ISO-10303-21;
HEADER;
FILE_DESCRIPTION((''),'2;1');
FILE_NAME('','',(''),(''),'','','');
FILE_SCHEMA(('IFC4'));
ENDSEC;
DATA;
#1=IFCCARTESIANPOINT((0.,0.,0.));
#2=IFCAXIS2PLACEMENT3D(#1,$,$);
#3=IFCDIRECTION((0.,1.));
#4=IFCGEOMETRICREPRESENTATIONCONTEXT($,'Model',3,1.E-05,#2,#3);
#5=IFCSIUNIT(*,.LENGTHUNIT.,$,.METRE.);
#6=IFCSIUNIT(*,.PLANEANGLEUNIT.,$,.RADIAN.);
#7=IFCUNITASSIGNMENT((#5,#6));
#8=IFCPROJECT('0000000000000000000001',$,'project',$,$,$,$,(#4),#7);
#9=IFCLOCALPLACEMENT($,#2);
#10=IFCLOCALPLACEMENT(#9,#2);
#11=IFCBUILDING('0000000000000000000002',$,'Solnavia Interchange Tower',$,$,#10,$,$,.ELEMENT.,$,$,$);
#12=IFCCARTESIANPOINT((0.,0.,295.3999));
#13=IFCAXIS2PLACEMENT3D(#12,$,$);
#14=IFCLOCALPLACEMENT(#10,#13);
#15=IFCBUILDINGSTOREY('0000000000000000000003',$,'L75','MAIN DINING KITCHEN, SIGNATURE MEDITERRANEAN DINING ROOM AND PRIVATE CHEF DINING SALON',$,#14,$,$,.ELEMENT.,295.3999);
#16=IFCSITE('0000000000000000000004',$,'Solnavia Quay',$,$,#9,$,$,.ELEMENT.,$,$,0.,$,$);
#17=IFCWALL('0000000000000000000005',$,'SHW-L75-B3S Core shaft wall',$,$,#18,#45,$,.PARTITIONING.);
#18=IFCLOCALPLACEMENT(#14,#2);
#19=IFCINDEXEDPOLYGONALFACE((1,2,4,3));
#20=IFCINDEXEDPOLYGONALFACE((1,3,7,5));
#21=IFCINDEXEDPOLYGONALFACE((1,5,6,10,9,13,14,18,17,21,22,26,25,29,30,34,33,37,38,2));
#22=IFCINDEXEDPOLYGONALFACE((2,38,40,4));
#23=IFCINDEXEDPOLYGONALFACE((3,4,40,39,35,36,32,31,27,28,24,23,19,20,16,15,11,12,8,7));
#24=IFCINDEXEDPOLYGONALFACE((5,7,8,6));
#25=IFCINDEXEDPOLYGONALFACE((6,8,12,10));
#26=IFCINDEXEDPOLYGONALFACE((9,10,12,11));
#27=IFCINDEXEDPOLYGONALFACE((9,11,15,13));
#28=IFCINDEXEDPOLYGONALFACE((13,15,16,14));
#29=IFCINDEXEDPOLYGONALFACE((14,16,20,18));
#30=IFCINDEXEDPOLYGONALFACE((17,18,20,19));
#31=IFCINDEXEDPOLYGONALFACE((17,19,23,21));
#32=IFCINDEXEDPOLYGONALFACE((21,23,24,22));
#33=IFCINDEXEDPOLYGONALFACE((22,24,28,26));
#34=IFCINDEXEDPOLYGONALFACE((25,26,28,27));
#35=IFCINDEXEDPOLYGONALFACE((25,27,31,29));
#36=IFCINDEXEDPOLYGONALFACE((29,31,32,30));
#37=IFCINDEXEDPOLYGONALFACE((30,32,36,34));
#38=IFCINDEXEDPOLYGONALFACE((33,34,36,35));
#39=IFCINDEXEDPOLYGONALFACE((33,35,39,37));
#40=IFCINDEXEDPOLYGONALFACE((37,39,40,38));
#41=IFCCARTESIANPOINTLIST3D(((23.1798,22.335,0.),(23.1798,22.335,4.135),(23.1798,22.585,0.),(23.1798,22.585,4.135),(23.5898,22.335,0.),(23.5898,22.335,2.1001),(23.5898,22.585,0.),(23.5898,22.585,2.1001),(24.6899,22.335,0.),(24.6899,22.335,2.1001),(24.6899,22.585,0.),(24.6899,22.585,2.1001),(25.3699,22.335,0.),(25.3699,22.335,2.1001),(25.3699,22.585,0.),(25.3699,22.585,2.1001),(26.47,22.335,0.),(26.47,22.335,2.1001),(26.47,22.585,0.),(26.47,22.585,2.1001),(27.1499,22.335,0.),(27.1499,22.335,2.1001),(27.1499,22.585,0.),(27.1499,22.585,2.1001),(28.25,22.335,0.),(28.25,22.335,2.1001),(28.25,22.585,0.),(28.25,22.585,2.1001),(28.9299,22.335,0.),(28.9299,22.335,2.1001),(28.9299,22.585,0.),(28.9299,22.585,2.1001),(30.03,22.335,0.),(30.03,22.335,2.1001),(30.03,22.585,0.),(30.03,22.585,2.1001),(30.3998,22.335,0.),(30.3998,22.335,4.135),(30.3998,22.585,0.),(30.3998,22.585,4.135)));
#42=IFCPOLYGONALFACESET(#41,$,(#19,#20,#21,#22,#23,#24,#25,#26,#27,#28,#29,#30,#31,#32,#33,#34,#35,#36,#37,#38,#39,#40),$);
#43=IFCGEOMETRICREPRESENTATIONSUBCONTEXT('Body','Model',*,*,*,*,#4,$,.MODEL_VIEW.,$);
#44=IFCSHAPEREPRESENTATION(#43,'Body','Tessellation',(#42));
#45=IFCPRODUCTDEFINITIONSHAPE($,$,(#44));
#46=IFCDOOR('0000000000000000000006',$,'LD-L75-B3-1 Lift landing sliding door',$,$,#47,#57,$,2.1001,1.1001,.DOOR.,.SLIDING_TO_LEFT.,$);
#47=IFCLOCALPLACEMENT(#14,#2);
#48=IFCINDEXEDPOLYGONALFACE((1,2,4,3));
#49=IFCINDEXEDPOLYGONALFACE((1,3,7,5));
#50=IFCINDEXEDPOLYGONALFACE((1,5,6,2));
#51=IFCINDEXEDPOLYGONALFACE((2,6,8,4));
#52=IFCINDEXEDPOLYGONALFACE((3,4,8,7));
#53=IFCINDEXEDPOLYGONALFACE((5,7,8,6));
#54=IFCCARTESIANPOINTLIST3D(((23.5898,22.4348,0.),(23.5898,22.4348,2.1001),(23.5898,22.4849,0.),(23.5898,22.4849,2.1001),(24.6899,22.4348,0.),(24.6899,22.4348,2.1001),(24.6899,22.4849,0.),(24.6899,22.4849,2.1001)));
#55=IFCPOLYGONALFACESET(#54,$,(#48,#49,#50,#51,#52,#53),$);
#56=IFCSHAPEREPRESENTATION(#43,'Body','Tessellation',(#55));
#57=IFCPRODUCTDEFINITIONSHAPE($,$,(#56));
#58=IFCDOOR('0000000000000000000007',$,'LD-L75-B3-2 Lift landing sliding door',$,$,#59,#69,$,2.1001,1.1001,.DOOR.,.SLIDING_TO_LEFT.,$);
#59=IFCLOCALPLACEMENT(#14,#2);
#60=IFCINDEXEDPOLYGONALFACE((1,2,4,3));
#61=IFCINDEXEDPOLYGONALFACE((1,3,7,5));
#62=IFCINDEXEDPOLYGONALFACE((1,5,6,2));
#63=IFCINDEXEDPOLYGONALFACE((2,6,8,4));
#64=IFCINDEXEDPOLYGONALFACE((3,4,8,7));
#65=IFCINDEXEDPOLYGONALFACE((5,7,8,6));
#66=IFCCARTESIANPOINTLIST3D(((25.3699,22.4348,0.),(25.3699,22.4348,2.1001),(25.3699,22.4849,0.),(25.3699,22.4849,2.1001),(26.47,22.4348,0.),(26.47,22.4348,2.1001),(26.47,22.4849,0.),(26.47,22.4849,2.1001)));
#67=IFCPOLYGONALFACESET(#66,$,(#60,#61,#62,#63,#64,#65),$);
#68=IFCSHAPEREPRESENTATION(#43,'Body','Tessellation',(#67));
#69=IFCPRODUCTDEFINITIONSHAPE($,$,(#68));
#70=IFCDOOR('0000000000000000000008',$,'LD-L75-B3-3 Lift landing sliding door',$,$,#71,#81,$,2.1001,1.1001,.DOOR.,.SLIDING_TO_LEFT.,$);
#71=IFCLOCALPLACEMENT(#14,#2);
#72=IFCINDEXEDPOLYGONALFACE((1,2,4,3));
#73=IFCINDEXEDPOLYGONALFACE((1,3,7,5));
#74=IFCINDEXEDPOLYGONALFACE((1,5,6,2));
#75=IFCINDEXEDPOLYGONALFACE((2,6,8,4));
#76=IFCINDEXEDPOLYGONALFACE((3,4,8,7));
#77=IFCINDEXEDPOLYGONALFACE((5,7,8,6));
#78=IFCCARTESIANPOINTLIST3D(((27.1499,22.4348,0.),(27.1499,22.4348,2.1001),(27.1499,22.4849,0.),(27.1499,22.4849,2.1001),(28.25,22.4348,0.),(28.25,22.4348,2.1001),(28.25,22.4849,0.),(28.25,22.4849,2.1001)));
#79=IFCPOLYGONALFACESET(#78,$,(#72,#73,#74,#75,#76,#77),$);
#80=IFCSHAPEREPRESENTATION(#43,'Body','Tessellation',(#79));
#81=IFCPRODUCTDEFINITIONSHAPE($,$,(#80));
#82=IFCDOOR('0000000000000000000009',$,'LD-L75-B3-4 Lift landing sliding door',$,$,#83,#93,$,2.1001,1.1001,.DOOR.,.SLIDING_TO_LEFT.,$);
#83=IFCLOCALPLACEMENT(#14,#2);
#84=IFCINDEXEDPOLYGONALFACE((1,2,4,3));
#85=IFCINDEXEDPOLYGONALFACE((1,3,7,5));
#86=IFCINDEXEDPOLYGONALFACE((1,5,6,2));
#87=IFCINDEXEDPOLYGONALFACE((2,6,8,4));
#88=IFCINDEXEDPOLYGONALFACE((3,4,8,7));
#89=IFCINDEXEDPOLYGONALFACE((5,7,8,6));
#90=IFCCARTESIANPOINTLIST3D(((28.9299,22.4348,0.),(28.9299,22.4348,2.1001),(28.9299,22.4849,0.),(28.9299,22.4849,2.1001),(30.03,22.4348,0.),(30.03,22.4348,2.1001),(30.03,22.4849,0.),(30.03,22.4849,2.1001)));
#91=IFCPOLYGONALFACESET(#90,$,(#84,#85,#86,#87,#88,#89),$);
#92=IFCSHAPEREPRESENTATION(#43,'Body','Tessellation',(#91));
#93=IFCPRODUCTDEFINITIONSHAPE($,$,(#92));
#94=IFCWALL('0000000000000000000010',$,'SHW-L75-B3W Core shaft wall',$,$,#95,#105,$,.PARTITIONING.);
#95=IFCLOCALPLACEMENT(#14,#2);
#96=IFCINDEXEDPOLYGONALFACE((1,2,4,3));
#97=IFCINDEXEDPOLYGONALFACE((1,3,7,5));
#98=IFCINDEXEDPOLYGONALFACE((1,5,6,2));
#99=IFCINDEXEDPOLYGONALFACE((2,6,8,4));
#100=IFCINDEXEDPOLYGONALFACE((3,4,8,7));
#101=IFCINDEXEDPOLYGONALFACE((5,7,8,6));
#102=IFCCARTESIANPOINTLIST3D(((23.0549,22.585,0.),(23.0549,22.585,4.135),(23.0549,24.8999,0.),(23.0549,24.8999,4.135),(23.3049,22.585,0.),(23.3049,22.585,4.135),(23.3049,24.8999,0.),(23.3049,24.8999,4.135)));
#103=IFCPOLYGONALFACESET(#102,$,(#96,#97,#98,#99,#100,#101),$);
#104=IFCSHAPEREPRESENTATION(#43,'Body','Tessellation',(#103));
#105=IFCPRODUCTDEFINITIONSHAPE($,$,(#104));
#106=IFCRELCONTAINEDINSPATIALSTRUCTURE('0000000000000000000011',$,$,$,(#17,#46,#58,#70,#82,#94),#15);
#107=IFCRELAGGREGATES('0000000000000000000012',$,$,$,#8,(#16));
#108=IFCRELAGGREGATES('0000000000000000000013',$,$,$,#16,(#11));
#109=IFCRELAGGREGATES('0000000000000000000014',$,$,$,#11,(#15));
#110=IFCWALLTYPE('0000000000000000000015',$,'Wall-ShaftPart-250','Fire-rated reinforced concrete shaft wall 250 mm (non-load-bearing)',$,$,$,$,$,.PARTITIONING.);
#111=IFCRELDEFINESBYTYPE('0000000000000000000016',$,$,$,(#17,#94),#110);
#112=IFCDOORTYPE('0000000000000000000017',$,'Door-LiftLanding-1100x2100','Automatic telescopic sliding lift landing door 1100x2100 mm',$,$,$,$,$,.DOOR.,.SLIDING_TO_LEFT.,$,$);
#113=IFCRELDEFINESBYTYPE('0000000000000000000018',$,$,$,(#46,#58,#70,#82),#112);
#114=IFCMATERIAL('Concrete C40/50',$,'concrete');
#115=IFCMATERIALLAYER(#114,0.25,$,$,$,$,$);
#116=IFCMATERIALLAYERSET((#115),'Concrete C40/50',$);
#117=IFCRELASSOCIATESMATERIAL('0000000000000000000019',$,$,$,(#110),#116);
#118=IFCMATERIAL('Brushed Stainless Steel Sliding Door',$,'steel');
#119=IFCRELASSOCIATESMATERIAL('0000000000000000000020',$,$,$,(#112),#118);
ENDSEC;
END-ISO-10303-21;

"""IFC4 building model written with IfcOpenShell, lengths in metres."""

from ifc_helpers import new_model, si_unit, direction, frame, frame_2d, origin, place, context, subcontext, project, spatial, rectangle, extrude, material, layer, layer_set, type_object, element, fill, save


model = new_model("IFC4")

# Units and contexts
model_context = context("Model", 3, precision=1e-05, world=origin(), true_north=direction((0.0, 1.0)))
body_context = subcontext(model_context, "Body", "Model", "MODEL_VIEW")
ifc_project = project(units=[si_unit("LENGTHUNIT", "METRE"), si_unit("PLANEANGLEUNIT", "RADIAN")], contexts=[model_context])

# Site, building, storey
site_placement = place(None, origin())
site = spatial("IfcSite", under=ifc_project, at=site_placement, Name="Solnavia Quay", CompositionType="ELEMENT", RefElevation=0.0)
building_placement = place(site_placement, origin())
building = spatial("IfcBuilding", under=site, at=building_placement, Name="Solnavia Interchange Tower", CompositionType="ELEMENT")
storey_placement = place(building_placement, frame((0.0, 0.0, 295.3999)))
storey = spatial("IfcBuildingStorey", under=building, at=storey_placement, Name="L75", Description="MAIN DINING KITCHEN, SIGNATURE MEDITERRANEAN DINING ROOM AND PRIVATE CHEF DINING SALON", CompositionType="ELEMENT", Elevation=295.3999)

# Shared definitions
ifc_material_1 = material(Name="Concrete C40/50", Category="concrete")
ifc_layer_1 = layer(ifc_material_1, 0.25)
ifc_layer_set_1 = layer_set([ifc_layer_1], Name="Concrete C40/50")
wall_type_1 = type_object("IfcWallType", Name="Wall-ShaftPart-250", Description="Fire-rated reinforced concrete shaft wall 250 mm (non-load-bearing)", PredefinedType="PARTITIONING", material=ifc_layer_set_1)

# Shared definitions
ifc_material_2 = material(Name="Brushed Stainless Steel Sliding Door", Category="steel")
door_type_1 = type_object("IfcDoorType", Name="Door-LiftLanding-1100x2100", Description="Automatic telescopic sliding lift landing door 1100x2100 mm", OperationType="SLIDING_TO_LEFT", PredefinedType="DOOR", material=ifc_material_2)

# Wall, openings, doors
wall_1_placement = place(storey_placement, frame((23.1799, 22.46, 0.0), z_axis=(0.0, 0.0, 1.0), x_axis=(1.0, 0.0, 0.0)))
wall_1 = element("IfcWall", 1, at=wall_1_placement, inside=storey, type_object=wall_type_1, Name="SHW-L75-B3S Core shaft wall", PredefinedType="PARTITIONING", context=body_context, shape_type="SweptSolid", body=[
    extrude(rectangle(XDim=7.22, YDim=0.25, at=frame_2d((3.6099, 0.0))), origin(), (0.0, 0.0, 1.0), 4.135),
])
opening_1_placement = place(wall_1_placement, frame((0.4099, 0.0, 0.0)))
opening_1 = element("IfcOpeningElement", 2, at=opening_1_placement, cuts=wall_1, PredefinedType="OPENING", context=body_context, shape_type="SweptSolid", body=[
    extrude(rectangle(XDim=1.1001, YDim=2.1001, at=frame_2d((0.55, 1.05))), frame((0.0, 0.135, 0.0), z_axis=(0.0, -1.0, 0.0), x_axis=(1.0, 0.0, 0.0)), (0.0, 0.0, 1.0), 0.27),
])
opening_2_placement = place(wall_1_placement, frame((2.1899, 0.0, 0.0)))
opening_2 = element("IfcOpeningElement", 3, at=opening_2_placement, cuts=wall_1, PredefinedType="OPENING", context=body_context, shape_type="SweptSolid", body=[
    extrude(rectangle(XDim=1.1001, YDim=2.1001, at=frame_2d((0.55, 1.05))), frame((0.0, 0.135, 0.0), z_axis=(0.0, -1.0, 0.0), x_axis=(1.0, 0.0, 0.0)), (0.0, 0.0, 1.0), 0.27),
])
opening_3_placement = place(wall_1_placement, frame((3.97, 0.0, 0.0)))
opening_3 = element("IfcOpeningElement", 4, at=opening_3_placement, cuts=wall_1, PredefinedType="OPENING", context=body_context, shape_type="SweptSolid", body=[
    extrude(rectangle(XDim=1.1001, YDim=2.1001, at=frame_2d((0.55, 1.05))), frame((0.0, 0.135, 0.0), z_axis=(0.0, -1.0, 0.0), x_axis=(1.0, 0.0, 0.0)), (0.0, 0.0, 1.0), 0.27),
])
opening_4_placement = place(wall_1_placement, frame((5.75, 0.0, 0.0)))
opening_4 = element("IfcOpeningElement", 5, at=opening_4_placement, cuts=wall_1, PredefinedType="OPENING", context=body_context, shape_type="SweptSolid", body=[
    extrude(rectangle(XDim=1.1001, YDim=2.1001, at=frame_2d((0.55, 1.05))), frame((0.0, 0.135, 0.0), z_axis=(0.0, -1.0, 0.0), x_axis=(1.0, 0.0, 0.0)), (0.0, 0.0, 1.0), 0.27),
])
door_1_placement = place(opening_1_placement, origin())
door_1 = element("IfcDoor", 6, at=door_1_placement, inside=storey, type_object=door_type_1, Name="LD-L75-B3-1 Lift landing sliding door", OperationType="SLIDING_TO_LEFT", OverallHeight=2.1001, OverallWidth=1.1001, PredefinedType="DOOR", context=body_context, shape_type="SweptSolid", body=[
    extrude(rectangle(XDim=1.1001, YDim=2.1001, at=frame_2d((0.55, 1.05))), frame((0.0, 0.0249, 0.0), z_axis=(0.0, -1.0, 0.0), x_axis=(1.0, 0.0, 0.0)), (0.0, 0.0, 1.0), 0.05),
])
fill(opening_1, door_1)
door_2_placement = place(opening_2_placement, origin())
door_2 = element("IfcDoor", 7, at=door_2_placement, inside=storey, type_object=door_type_1, Name="LD-L75-B3-2 Lift landing sliding door", OperationType="SLIDING_TO_LEFT", OverallHeight=2.1001, OverallWidth=1.1001, PredefinedType="DOOR", context=body_context, shape_type="SweptSolid", body=[
    extrude(rectangle(XDim=1.1001, YDim=2.1001, at=frame_2d((0.55, 1.05))), frame((0.0, 0.0249, 0.0), z_axis=(0.0, -1.0, 0.0), x_axis=(1.0, 0.0, 0.0)), (0.0, 0.0, 1.0), 0.05),
])
fill(opening_2, door_2)
door_3_placement = place(opening_3_placement, origin())
door_3 = element("IfcDoor", 8, at=door_3_placement, inside=storey, type_object=door_type_1, Name="LD-L75-B3-3 Lift landing sliding door", OperationType="SLIDING_TO_LEFT", OverallHeight=2.1001, OverallWidth=1.1001, PredefinedType="DOOR", context=body_context, shape_type="SweptSolid", body=[
    extrude(rectangle(XDim=1.1001, YDim=2.1001, at=frame_2d((0.55, 1.05))), frame((0.0, 0.0249, 0.0), z_axis=(0.0, -1.0, 0.0), x_axis=(1.0, 0.0, 0.0)), (0.0, 0.0, 1.0), 0.05),
])
fill(opening_3, door_3)
door_4_placement = place(opening_4_placement, origin())
door_4 = element("IfcDoor", 9, at=door_4_placement, inside=storey, type_object=door_type_1, Name="LD-L75-B3-4 Lift landing sliding door", OperationType="SLIDING_TO_LEFT", OverallHeight=2.1001, OverallWidth=1.1001, PredefinedType="DOOR", context=body_context, shape_type="SweptSolid", body=[
    extrude(rectangle(XDim=1.1001, YDim=2.1001, at=frame_2d((0.55, 1.05))), frame((0.0, 0.0249, 0.0), z_axis=(0.0, -1.0, 0.0), x_axis=(1.0, 0.0, 0.0)), (0.0, 0.0, 1.0), 0.05),
])
fill(opening_4, door_4)

# Wall
wall_2_placement = place(storey_placement, frame((23.1799, 22.585, 0.0), z_axis=(0.0, 0.0, 1.0), x_axis=(0.0, 1.0, 0.0)))
element("IfcWall", 10, at=wall_2_placement, inside=storey, type_object=wall_type_1, Name="SHW-L75-B3W Core shaft wall", PredefinedType="PARTITIONING", context=body_context, shape_type="SweptSolid", body=[
    extrude(rectangle(XDim=2.3149, YDim=0.25, at=frame_2d((1.1575, 0.0))), origin(), (0.0, 0.0, 1.0), 4.135),
])

save(model, "model.ifc")
